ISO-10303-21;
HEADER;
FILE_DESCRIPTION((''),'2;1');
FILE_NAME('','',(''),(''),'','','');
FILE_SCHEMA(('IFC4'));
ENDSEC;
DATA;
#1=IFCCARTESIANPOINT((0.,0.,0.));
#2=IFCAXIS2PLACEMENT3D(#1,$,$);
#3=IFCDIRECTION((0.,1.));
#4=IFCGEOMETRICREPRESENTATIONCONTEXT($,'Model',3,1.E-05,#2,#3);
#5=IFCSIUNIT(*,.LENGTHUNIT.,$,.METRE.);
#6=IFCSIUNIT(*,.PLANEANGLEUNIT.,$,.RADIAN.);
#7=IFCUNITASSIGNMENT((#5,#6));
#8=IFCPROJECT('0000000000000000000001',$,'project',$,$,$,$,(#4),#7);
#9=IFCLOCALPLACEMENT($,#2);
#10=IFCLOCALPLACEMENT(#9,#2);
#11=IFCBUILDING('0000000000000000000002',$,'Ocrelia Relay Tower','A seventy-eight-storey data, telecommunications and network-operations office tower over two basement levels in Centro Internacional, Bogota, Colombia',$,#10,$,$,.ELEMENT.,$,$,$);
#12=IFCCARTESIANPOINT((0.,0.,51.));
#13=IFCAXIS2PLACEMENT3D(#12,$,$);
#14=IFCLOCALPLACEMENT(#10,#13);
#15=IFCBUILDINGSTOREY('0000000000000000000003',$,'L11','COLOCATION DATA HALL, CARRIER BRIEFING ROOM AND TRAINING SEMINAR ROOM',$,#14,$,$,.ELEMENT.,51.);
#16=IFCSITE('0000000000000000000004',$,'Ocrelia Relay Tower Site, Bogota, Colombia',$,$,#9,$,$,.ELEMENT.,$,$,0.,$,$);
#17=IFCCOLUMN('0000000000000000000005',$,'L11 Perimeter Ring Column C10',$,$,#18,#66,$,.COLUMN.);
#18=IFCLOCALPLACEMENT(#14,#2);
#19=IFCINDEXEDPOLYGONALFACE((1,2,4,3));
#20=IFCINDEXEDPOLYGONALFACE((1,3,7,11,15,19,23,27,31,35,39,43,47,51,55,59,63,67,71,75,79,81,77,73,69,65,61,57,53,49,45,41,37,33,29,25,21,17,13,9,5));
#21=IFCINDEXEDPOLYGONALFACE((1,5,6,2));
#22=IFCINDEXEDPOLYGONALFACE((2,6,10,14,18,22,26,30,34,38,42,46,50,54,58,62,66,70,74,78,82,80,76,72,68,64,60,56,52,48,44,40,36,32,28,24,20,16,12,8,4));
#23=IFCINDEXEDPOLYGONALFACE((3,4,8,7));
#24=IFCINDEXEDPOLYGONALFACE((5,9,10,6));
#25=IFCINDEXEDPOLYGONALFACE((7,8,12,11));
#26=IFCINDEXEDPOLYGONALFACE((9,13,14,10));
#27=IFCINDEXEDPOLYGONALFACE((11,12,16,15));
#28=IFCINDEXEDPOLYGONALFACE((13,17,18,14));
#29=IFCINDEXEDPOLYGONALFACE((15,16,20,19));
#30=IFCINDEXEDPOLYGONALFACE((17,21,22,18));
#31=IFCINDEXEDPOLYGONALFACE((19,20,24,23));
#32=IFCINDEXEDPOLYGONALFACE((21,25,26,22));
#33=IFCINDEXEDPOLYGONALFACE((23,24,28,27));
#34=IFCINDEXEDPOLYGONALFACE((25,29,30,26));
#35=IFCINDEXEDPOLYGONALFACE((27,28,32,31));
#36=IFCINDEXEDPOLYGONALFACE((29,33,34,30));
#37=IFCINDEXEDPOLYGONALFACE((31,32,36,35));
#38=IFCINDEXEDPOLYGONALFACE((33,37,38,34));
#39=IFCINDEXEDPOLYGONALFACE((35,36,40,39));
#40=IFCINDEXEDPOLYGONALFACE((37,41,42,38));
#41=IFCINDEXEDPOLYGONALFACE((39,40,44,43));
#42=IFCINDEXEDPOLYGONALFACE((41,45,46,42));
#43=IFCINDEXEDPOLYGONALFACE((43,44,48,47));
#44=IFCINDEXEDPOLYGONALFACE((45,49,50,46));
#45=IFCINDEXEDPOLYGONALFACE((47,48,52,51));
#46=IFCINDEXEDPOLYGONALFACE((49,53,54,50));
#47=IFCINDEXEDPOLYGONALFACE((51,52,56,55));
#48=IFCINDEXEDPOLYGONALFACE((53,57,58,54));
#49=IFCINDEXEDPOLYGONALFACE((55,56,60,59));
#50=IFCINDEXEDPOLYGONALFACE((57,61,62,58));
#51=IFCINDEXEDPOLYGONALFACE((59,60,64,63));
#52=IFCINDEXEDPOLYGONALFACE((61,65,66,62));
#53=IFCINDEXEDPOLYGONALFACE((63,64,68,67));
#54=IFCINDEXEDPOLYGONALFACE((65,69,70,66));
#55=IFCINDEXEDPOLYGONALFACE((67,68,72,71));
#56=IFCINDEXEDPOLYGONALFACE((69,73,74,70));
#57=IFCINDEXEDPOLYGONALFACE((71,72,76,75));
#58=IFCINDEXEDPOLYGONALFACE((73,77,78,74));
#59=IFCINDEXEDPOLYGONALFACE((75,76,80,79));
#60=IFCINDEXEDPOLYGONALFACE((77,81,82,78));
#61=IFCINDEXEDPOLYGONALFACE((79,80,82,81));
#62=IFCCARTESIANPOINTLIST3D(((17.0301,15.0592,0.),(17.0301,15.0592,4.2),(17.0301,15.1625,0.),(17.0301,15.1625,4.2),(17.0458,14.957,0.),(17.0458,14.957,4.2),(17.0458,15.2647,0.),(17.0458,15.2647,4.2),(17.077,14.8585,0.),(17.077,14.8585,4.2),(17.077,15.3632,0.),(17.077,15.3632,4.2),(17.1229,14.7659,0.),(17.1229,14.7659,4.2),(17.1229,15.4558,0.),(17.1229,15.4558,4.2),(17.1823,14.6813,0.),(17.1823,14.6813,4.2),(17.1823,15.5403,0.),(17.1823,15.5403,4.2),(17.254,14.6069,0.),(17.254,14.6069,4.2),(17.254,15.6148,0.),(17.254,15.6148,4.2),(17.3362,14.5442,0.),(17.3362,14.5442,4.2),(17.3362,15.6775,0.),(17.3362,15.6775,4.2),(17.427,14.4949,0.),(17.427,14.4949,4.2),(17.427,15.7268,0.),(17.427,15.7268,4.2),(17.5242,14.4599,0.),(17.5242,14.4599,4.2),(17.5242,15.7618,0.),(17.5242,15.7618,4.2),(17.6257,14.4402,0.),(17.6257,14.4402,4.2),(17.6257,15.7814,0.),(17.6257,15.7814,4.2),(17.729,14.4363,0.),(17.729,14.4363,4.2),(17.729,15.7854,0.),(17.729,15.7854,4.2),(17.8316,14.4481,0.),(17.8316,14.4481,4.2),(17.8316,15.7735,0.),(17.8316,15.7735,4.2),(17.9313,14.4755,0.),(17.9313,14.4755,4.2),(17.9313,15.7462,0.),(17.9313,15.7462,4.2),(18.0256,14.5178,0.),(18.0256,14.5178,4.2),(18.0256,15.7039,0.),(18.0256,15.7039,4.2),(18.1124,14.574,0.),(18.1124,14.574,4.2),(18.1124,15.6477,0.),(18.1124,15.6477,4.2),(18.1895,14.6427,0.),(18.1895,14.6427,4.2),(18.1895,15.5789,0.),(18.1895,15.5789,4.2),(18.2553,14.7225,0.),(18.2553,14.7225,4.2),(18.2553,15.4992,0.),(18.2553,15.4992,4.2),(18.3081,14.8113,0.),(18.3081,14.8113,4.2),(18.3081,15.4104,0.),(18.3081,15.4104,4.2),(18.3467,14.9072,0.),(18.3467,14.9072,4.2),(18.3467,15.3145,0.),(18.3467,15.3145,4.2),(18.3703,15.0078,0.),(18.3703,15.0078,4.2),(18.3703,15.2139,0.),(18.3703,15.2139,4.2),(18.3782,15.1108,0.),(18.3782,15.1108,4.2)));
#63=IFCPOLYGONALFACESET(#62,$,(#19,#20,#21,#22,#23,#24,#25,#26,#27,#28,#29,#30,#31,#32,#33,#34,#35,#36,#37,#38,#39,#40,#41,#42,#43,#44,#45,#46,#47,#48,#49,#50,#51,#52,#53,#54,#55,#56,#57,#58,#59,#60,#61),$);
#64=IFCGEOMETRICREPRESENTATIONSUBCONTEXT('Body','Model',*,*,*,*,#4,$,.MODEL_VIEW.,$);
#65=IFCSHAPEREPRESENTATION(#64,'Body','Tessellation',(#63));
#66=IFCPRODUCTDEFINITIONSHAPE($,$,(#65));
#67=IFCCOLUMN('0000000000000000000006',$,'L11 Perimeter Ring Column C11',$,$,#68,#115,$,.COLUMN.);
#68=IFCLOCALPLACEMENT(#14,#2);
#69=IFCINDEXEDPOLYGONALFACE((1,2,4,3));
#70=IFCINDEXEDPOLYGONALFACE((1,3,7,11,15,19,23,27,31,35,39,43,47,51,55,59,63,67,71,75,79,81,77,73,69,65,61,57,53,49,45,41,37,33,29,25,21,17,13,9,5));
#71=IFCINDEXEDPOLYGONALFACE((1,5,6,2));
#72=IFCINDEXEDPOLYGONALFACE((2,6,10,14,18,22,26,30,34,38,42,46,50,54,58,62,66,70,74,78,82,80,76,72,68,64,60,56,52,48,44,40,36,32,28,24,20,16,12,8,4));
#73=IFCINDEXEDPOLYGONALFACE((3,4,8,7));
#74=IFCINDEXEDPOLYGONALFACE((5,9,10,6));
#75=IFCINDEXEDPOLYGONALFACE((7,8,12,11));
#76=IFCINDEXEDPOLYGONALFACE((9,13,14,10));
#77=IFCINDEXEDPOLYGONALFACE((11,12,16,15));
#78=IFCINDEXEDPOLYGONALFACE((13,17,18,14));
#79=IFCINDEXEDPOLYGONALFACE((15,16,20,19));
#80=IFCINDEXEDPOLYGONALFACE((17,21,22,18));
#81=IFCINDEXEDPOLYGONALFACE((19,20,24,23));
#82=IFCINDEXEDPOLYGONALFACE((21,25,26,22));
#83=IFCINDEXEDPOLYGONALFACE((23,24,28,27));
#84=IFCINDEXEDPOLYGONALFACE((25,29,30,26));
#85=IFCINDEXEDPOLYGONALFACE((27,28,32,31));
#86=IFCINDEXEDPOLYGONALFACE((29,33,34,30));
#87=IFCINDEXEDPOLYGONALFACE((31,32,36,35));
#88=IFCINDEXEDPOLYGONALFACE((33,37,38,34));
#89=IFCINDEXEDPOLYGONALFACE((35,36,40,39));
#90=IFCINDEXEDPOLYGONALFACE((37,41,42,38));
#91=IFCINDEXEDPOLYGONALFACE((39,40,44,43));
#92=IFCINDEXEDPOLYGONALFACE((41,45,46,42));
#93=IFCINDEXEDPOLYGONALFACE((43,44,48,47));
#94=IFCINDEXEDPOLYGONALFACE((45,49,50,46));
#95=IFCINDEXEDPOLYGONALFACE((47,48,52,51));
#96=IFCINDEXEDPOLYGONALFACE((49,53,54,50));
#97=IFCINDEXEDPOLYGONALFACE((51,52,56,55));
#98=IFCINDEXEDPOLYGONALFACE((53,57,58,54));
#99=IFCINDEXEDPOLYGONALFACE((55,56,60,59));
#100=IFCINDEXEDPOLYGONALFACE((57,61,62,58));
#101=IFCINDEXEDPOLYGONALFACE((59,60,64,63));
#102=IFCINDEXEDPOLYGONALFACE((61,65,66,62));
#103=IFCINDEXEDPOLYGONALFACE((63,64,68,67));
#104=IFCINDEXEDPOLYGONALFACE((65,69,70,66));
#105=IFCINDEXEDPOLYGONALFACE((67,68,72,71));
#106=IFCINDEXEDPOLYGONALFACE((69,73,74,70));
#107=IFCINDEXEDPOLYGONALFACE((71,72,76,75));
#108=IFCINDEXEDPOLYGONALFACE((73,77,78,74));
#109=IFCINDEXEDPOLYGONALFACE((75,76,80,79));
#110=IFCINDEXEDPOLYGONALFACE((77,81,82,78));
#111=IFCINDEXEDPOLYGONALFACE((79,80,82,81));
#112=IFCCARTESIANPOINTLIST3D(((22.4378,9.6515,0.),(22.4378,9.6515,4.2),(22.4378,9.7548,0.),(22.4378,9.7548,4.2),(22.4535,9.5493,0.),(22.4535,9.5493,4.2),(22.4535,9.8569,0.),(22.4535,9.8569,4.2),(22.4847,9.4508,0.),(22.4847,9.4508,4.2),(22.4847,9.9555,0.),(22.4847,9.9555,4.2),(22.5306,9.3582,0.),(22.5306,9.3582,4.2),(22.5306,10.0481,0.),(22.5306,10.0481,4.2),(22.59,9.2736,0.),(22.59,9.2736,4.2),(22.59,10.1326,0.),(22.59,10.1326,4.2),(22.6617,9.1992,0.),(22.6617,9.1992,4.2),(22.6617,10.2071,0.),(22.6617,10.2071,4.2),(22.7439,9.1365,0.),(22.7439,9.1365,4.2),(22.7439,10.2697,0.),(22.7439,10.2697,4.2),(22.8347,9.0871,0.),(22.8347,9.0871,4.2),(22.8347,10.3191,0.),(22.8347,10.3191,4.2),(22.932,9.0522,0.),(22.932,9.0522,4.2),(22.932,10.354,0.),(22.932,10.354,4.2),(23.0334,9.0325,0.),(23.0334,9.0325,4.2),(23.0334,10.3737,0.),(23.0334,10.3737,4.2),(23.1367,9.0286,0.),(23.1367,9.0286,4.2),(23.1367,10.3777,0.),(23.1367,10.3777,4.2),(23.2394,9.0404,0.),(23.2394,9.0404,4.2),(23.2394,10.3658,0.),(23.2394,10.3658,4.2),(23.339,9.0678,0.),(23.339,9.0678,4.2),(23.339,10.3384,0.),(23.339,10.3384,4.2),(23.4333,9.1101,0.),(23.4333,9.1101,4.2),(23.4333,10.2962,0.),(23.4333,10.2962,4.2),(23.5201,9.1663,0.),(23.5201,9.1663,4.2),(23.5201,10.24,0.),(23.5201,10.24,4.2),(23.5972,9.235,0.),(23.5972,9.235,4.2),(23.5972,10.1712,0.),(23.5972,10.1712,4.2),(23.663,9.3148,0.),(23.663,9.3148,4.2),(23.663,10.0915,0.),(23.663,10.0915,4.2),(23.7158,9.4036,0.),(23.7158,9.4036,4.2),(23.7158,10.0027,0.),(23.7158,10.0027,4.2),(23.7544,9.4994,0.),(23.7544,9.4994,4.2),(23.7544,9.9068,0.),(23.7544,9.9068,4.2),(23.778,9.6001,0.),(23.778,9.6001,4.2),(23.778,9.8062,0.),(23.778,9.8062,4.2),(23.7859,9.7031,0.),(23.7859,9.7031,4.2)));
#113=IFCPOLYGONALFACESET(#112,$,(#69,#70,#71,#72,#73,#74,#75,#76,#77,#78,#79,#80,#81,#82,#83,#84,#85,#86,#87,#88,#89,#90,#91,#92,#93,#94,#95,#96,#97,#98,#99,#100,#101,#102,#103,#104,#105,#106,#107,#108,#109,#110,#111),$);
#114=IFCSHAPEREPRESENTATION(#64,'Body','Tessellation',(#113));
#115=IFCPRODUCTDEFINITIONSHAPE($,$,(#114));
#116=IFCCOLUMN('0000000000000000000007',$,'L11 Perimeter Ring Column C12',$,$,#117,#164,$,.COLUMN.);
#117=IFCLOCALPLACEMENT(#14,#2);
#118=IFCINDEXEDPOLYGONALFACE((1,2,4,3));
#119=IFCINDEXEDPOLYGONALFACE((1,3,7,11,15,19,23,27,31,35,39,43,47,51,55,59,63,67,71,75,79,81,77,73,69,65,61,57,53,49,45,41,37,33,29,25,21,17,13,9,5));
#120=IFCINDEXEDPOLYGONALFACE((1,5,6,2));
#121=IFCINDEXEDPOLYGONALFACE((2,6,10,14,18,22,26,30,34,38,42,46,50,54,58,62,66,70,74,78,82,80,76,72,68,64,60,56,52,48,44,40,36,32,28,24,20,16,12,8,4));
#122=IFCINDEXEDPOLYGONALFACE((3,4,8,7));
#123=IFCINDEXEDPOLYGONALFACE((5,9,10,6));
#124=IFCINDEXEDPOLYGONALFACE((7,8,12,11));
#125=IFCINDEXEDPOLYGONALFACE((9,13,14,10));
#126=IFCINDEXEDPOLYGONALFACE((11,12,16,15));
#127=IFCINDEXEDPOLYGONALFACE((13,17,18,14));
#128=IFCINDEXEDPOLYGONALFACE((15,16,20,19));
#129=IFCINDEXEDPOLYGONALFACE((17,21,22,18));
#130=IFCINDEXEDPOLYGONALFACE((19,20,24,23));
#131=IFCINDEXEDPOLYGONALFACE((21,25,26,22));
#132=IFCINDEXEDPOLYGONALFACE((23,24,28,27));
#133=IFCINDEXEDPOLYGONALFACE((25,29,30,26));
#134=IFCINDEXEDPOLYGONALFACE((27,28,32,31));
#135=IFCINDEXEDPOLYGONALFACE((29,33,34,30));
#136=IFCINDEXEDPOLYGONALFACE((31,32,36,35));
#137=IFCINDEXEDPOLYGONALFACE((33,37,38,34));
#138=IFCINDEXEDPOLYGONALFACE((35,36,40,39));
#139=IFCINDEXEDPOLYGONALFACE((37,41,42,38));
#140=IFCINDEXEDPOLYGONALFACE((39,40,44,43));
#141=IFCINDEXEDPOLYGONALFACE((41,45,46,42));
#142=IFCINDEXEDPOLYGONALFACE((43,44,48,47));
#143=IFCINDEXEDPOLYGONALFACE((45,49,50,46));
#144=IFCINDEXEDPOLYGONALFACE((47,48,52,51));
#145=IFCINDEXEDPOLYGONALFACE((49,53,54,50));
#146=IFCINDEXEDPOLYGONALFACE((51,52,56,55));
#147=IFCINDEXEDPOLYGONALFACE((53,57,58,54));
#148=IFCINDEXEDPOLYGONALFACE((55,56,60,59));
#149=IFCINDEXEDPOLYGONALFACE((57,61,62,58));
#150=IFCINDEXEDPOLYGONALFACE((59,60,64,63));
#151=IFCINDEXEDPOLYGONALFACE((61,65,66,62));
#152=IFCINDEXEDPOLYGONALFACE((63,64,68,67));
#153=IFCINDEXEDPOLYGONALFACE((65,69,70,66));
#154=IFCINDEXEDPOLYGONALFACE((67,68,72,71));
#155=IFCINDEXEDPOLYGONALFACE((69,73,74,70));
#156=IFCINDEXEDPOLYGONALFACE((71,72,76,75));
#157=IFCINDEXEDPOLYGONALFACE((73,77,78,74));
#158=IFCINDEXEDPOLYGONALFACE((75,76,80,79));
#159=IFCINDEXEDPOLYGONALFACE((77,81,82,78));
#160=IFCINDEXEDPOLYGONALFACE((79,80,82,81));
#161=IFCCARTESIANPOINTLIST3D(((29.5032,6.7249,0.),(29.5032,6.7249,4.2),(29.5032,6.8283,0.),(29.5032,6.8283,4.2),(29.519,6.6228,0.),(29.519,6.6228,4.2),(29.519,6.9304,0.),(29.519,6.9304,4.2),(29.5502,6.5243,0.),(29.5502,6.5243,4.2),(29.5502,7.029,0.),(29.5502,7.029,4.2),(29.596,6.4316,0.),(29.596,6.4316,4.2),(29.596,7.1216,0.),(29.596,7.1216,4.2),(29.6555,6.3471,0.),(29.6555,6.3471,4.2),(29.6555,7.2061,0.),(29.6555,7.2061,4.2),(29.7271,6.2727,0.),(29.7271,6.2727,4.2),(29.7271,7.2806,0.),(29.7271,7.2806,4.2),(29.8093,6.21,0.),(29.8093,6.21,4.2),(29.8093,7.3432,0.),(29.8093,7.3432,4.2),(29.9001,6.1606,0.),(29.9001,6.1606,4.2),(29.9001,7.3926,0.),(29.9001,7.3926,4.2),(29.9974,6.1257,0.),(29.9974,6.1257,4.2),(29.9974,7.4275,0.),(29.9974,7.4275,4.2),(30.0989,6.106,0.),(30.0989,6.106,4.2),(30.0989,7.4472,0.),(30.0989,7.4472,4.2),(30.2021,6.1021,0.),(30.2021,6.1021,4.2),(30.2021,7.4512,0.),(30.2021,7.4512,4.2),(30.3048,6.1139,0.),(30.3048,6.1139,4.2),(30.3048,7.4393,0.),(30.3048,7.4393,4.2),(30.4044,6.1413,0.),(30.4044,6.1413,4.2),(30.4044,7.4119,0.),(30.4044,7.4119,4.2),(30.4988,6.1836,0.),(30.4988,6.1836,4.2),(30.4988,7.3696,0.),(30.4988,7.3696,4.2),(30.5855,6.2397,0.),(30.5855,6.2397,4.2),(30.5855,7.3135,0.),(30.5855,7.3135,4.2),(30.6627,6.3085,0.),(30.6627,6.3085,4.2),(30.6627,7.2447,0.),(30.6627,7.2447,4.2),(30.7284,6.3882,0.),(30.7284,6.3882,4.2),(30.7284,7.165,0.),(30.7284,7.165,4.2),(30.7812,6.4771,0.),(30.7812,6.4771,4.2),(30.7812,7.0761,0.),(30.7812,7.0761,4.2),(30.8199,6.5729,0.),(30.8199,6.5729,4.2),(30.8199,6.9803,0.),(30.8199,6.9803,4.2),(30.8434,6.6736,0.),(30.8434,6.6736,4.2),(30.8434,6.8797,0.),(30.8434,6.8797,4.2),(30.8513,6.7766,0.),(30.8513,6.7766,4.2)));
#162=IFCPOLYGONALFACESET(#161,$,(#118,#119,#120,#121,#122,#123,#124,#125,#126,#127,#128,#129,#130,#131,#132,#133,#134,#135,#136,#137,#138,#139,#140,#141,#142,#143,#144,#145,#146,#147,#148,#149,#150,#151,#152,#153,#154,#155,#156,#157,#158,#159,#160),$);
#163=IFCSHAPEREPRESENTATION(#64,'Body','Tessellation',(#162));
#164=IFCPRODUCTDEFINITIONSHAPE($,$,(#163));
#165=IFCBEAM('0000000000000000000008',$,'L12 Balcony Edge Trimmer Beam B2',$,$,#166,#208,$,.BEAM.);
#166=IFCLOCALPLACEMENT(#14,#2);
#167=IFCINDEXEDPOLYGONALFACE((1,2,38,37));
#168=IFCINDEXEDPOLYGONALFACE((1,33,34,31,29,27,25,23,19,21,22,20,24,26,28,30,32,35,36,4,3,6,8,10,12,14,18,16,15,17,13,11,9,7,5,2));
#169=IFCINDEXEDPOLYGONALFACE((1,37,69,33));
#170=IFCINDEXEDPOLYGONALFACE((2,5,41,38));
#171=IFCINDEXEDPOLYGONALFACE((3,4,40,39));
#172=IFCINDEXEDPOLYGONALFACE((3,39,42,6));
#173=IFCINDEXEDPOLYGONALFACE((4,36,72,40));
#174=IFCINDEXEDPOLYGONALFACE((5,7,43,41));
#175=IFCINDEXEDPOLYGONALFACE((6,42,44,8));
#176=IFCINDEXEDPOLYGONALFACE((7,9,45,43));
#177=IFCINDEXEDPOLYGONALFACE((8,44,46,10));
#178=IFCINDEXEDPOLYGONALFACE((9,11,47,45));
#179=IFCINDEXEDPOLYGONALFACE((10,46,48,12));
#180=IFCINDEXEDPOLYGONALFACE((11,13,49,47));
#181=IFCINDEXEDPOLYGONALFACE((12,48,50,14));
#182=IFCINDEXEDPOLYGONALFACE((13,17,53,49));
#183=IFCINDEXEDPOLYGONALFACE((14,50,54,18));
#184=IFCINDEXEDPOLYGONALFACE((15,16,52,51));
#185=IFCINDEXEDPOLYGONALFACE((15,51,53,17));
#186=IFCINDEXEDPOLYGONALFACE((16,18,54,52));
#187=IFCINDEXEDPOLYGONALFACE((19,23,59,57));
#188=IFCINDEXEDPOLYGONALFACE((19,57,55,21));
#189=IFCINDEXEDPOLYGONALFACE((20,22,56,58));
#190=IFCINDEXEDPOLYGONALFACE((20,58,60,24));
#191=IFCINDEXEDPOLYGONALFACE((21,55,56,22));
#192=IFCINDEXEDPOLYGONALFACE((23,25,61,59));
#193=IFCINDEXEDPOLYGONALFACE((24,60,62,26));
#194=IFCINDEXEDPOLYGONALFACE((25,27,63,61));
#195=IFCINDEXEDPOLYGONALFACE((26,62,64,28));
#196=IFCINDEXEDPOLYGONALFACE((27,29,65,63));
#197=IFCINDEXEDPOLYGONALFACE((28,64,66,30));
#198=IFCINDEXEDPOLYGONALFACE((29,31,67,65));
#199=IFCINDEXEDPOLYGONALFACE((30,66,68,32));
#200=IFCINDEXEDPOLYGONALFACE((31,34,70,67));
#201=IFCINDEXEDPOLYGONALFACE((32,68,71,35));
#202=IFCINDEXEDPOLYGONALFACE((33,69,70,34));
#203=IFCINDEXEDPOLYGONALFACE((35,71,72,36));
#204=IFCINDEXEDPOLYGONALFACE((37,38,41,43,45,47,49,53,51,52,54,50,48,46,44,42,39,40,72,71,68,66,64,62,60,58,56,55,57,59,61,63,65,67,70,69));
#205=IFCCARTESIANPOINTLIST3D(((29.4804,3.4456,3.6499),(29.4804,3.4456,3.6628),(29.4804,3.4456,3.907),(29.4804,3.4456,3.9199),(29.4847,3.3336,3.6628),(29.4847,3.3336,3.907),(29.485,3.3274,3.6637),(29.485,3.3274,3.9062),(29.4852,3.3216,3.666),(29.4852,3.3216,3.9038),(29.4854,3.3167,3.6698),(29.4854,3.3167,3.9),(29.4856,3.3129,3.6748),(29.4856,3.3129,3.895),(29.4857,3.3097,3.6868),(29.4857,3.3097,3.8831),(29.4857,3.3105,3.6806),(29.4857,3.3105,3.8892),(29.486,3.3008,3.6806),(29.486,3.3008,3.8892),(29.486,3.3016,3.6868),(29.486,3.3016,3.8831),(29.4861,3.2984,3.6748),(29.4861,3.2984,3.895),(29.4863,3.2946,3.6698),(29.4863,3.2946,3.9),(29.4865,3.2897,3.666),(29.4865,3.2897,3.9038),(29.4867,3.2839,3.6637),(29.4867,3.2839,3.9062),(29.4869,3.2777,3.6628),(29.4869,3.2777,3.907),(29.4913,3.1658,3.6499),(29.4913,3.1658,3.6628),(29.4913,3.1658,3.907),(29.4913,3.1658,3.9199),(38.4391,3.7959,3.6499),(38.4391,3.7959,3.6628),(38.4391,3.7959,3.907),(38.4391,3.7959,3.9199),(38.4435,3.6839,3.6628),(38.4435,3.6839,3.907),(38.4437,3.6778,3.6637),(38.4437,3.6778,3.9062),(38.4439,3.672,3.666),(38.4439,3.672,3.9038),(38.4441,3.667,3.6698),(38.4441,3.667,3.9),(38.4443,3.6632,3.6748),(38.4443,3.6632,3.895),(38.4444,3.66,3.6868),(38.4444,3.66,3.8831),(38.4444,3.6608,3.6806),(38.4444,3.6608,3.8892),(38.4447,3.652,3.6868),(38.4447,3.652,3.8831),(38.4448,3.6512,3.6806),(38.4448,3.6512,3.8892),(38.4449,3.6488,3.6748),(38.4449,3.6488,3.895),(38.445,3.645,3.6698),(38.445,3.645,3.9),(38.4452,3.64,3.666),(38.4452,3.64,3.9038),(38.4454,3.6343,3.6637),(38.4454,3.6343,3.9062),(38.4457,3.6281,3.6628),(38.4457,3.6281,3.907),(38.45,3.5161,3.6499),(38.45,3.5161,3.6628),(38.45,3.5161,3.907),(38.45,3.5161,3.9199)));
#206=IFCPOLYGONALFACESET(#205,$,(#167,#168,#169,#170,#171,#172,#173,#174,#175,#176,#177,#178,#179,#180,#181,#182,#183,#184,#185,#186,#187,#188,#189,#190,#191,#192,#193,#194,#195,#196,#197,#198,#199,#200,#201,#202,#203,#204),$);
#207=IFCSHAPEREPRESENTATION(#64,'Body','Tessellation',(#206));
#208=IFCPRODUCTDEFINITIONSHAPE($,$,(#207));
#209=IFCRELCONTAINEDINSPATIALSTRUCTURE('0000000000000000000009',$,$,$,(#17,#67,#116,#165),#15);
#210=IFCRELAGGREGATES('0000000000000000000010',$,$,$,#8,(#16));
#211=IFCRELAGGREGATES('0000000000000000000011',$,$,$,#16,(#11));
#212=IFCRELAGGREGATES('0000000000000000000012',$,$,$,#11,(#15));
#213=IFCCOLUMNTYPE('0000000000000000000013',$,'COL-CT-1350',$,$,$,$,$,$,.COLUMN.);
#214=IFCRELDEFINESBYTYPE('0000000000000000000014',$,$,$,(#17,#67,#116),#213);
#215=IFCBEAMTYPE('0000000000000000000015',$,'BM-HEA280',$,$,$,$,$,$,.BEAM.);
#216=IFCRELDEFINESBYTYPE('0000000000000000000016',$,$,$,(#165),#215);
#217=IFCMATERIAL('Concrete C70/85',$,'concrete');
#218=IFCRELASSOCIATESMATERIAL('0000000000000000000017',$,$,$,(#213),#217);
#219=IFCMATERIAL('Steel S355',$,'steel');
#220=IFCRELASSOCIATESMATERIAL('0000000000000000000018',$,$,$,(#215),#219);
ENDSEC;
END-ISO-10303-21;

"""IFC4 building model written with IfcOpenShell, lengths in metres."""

from ifc_helpers import new_model, si_unit, direction, frame, origin, origin_2d, place, context, subcontext, project, spatial, circle, i_section, extrude, material, material_profile, profile_set, type_object, element, save


model = new_model("IFC4")

# Units and contexts
model_context = context("Model", 3, precision=1e-05, world=origin(), true_north=direction((0.0, 1.0)))
body_context = subcontext(model_context, "Body", "Model", "MODEL_VIEW")
ifc_project = project(units=[si_unit("LENGTHUNIT", "METRE"), si_unit("PLANEANGLEUNIT", "RADIAN")], contexts=[model_context])

# Site, building, storey
site_placement = place(None, origin())
site = spatial("IfcSite", under=ifc_project, at=site_placement, Name="Ocrelia Relay Tower Site, Bogota, Colombia", CompositionType="ELEMENT", RefElevation=0.0)
building_placement = place(site_placement, origin())
building = spatial("IfcBuilding", under=site, at=building_placement, Name="Ocrelia Relay Tower", Description="A seventy-eight-storey data, telecommunications and network-operations office tower over two basement levels in Centro Internacional, Bogota, Colombia", CompositionType="ELEMENT")
storey_placement = place(building_placement, frame((0.0, 0.0, 51.0)))
storey = spatial("IfcBuildingStorey", under=building, at=storey_placement, Name="L11", Description="COLOCATION DATA HALL, CARRIER BRIEFING ROOM AND TRAINING SEMINAR ROOM", CompositionType="ELEMENT", Elevation=51.0)

# Columns
ifc_material_1 = material(Name="Concrete C70/85", Category="concrete")
ifc_material_profile_1 = material_profile(ifc_material_1, circle(Radius=0.675, at=origin_2d()), Name="RC-CIR-1350")
ifc_profile_set_1 = profile_set([ifc_material_profile_1], Name="Concrete C70/85")
column_type = type_object("IfcColumnType", Name="COL-CT-1350", PredefinedType="COLUMN", material=ifc_profile_set_1)
for number, where, z_axis, x_axis, name in (
    (1, (17.7031, 15.1108, 0.0), (0.0, 0.0, 1.0), (1.0, 0.0, 0.0), "L11 Perimeter Ring Column C10"),
    (2, (23.1108, 9.7031, 0.0), (0.0, 0.0, 1.0), (1.0, 0.0, 0.0), "L11 Perimeter Ring Column C11"),
    (3, (30.1763, 6.7766, 0.0), (0.0, 0.0, 1.0), (1.0, 0.0, 0.0), "L11 Perimeter Ring Column C12"),
):
    element("IfcColumn", number, at=place(storey_placement, frame(where, z_axis=z_axis, x_axis=x_axis)), inside=storey, type_object=column_type, Name=name, PredefinedType="COLUMN", context=body_context, shape_type="SweptSolid", body=[
        extrude(circle(Radius=0.675, at=origin_2d()), origin(), (0.0, 0.0, 1.0), 4.2),
    ])

# Beam
ifc_material_2 = material(Name="Steel S355", Category="steel")
ifc_material_profile_2 = material_profile(ifc_material_2, i_section(OverallWidth=0.28, OverallDepth=0.27, WebThickness=0.0081, FlangeThickness=0.0129, FilletRadius=0.0239, at=origin_2d()), Name="HEA 280")
ifc_profile_set_2 = profile_set([ifc_material_profile_2], Name="Steel S355")
beam_type_1 = type_object("IfcBeamType", Name="BM-HEA280", PredefinedType="BEAM", material=ifc_profile_set_2)
beam_1_placement = place(storey_placement, frame((29.4858, 3.3057, 3.7849), z_axis=(0.999236, 0.039076, 0.0), x_axis=(-0.039076, 0.999236, 0.0)))
element("IfcBeam", 4, at=beam_1_placement, inside=storey, type_object=beam_type_1, Name="L12 Balcony Edge Trimmer Beam B2", PredefinedType="BEAM", context=body_context, shape_type="SweptSolid", body=[
    extrude(i_section(OverallWidth=0.28, OverallDepth=0.27, WebThickness=0.0081, FlangeThickness=0.0129, FilletRadius=0.0239, at=origin_2d()), origin(), (0.0, 0.0, 1.0), 8.9656),
])

save(model, "model.ifc")
